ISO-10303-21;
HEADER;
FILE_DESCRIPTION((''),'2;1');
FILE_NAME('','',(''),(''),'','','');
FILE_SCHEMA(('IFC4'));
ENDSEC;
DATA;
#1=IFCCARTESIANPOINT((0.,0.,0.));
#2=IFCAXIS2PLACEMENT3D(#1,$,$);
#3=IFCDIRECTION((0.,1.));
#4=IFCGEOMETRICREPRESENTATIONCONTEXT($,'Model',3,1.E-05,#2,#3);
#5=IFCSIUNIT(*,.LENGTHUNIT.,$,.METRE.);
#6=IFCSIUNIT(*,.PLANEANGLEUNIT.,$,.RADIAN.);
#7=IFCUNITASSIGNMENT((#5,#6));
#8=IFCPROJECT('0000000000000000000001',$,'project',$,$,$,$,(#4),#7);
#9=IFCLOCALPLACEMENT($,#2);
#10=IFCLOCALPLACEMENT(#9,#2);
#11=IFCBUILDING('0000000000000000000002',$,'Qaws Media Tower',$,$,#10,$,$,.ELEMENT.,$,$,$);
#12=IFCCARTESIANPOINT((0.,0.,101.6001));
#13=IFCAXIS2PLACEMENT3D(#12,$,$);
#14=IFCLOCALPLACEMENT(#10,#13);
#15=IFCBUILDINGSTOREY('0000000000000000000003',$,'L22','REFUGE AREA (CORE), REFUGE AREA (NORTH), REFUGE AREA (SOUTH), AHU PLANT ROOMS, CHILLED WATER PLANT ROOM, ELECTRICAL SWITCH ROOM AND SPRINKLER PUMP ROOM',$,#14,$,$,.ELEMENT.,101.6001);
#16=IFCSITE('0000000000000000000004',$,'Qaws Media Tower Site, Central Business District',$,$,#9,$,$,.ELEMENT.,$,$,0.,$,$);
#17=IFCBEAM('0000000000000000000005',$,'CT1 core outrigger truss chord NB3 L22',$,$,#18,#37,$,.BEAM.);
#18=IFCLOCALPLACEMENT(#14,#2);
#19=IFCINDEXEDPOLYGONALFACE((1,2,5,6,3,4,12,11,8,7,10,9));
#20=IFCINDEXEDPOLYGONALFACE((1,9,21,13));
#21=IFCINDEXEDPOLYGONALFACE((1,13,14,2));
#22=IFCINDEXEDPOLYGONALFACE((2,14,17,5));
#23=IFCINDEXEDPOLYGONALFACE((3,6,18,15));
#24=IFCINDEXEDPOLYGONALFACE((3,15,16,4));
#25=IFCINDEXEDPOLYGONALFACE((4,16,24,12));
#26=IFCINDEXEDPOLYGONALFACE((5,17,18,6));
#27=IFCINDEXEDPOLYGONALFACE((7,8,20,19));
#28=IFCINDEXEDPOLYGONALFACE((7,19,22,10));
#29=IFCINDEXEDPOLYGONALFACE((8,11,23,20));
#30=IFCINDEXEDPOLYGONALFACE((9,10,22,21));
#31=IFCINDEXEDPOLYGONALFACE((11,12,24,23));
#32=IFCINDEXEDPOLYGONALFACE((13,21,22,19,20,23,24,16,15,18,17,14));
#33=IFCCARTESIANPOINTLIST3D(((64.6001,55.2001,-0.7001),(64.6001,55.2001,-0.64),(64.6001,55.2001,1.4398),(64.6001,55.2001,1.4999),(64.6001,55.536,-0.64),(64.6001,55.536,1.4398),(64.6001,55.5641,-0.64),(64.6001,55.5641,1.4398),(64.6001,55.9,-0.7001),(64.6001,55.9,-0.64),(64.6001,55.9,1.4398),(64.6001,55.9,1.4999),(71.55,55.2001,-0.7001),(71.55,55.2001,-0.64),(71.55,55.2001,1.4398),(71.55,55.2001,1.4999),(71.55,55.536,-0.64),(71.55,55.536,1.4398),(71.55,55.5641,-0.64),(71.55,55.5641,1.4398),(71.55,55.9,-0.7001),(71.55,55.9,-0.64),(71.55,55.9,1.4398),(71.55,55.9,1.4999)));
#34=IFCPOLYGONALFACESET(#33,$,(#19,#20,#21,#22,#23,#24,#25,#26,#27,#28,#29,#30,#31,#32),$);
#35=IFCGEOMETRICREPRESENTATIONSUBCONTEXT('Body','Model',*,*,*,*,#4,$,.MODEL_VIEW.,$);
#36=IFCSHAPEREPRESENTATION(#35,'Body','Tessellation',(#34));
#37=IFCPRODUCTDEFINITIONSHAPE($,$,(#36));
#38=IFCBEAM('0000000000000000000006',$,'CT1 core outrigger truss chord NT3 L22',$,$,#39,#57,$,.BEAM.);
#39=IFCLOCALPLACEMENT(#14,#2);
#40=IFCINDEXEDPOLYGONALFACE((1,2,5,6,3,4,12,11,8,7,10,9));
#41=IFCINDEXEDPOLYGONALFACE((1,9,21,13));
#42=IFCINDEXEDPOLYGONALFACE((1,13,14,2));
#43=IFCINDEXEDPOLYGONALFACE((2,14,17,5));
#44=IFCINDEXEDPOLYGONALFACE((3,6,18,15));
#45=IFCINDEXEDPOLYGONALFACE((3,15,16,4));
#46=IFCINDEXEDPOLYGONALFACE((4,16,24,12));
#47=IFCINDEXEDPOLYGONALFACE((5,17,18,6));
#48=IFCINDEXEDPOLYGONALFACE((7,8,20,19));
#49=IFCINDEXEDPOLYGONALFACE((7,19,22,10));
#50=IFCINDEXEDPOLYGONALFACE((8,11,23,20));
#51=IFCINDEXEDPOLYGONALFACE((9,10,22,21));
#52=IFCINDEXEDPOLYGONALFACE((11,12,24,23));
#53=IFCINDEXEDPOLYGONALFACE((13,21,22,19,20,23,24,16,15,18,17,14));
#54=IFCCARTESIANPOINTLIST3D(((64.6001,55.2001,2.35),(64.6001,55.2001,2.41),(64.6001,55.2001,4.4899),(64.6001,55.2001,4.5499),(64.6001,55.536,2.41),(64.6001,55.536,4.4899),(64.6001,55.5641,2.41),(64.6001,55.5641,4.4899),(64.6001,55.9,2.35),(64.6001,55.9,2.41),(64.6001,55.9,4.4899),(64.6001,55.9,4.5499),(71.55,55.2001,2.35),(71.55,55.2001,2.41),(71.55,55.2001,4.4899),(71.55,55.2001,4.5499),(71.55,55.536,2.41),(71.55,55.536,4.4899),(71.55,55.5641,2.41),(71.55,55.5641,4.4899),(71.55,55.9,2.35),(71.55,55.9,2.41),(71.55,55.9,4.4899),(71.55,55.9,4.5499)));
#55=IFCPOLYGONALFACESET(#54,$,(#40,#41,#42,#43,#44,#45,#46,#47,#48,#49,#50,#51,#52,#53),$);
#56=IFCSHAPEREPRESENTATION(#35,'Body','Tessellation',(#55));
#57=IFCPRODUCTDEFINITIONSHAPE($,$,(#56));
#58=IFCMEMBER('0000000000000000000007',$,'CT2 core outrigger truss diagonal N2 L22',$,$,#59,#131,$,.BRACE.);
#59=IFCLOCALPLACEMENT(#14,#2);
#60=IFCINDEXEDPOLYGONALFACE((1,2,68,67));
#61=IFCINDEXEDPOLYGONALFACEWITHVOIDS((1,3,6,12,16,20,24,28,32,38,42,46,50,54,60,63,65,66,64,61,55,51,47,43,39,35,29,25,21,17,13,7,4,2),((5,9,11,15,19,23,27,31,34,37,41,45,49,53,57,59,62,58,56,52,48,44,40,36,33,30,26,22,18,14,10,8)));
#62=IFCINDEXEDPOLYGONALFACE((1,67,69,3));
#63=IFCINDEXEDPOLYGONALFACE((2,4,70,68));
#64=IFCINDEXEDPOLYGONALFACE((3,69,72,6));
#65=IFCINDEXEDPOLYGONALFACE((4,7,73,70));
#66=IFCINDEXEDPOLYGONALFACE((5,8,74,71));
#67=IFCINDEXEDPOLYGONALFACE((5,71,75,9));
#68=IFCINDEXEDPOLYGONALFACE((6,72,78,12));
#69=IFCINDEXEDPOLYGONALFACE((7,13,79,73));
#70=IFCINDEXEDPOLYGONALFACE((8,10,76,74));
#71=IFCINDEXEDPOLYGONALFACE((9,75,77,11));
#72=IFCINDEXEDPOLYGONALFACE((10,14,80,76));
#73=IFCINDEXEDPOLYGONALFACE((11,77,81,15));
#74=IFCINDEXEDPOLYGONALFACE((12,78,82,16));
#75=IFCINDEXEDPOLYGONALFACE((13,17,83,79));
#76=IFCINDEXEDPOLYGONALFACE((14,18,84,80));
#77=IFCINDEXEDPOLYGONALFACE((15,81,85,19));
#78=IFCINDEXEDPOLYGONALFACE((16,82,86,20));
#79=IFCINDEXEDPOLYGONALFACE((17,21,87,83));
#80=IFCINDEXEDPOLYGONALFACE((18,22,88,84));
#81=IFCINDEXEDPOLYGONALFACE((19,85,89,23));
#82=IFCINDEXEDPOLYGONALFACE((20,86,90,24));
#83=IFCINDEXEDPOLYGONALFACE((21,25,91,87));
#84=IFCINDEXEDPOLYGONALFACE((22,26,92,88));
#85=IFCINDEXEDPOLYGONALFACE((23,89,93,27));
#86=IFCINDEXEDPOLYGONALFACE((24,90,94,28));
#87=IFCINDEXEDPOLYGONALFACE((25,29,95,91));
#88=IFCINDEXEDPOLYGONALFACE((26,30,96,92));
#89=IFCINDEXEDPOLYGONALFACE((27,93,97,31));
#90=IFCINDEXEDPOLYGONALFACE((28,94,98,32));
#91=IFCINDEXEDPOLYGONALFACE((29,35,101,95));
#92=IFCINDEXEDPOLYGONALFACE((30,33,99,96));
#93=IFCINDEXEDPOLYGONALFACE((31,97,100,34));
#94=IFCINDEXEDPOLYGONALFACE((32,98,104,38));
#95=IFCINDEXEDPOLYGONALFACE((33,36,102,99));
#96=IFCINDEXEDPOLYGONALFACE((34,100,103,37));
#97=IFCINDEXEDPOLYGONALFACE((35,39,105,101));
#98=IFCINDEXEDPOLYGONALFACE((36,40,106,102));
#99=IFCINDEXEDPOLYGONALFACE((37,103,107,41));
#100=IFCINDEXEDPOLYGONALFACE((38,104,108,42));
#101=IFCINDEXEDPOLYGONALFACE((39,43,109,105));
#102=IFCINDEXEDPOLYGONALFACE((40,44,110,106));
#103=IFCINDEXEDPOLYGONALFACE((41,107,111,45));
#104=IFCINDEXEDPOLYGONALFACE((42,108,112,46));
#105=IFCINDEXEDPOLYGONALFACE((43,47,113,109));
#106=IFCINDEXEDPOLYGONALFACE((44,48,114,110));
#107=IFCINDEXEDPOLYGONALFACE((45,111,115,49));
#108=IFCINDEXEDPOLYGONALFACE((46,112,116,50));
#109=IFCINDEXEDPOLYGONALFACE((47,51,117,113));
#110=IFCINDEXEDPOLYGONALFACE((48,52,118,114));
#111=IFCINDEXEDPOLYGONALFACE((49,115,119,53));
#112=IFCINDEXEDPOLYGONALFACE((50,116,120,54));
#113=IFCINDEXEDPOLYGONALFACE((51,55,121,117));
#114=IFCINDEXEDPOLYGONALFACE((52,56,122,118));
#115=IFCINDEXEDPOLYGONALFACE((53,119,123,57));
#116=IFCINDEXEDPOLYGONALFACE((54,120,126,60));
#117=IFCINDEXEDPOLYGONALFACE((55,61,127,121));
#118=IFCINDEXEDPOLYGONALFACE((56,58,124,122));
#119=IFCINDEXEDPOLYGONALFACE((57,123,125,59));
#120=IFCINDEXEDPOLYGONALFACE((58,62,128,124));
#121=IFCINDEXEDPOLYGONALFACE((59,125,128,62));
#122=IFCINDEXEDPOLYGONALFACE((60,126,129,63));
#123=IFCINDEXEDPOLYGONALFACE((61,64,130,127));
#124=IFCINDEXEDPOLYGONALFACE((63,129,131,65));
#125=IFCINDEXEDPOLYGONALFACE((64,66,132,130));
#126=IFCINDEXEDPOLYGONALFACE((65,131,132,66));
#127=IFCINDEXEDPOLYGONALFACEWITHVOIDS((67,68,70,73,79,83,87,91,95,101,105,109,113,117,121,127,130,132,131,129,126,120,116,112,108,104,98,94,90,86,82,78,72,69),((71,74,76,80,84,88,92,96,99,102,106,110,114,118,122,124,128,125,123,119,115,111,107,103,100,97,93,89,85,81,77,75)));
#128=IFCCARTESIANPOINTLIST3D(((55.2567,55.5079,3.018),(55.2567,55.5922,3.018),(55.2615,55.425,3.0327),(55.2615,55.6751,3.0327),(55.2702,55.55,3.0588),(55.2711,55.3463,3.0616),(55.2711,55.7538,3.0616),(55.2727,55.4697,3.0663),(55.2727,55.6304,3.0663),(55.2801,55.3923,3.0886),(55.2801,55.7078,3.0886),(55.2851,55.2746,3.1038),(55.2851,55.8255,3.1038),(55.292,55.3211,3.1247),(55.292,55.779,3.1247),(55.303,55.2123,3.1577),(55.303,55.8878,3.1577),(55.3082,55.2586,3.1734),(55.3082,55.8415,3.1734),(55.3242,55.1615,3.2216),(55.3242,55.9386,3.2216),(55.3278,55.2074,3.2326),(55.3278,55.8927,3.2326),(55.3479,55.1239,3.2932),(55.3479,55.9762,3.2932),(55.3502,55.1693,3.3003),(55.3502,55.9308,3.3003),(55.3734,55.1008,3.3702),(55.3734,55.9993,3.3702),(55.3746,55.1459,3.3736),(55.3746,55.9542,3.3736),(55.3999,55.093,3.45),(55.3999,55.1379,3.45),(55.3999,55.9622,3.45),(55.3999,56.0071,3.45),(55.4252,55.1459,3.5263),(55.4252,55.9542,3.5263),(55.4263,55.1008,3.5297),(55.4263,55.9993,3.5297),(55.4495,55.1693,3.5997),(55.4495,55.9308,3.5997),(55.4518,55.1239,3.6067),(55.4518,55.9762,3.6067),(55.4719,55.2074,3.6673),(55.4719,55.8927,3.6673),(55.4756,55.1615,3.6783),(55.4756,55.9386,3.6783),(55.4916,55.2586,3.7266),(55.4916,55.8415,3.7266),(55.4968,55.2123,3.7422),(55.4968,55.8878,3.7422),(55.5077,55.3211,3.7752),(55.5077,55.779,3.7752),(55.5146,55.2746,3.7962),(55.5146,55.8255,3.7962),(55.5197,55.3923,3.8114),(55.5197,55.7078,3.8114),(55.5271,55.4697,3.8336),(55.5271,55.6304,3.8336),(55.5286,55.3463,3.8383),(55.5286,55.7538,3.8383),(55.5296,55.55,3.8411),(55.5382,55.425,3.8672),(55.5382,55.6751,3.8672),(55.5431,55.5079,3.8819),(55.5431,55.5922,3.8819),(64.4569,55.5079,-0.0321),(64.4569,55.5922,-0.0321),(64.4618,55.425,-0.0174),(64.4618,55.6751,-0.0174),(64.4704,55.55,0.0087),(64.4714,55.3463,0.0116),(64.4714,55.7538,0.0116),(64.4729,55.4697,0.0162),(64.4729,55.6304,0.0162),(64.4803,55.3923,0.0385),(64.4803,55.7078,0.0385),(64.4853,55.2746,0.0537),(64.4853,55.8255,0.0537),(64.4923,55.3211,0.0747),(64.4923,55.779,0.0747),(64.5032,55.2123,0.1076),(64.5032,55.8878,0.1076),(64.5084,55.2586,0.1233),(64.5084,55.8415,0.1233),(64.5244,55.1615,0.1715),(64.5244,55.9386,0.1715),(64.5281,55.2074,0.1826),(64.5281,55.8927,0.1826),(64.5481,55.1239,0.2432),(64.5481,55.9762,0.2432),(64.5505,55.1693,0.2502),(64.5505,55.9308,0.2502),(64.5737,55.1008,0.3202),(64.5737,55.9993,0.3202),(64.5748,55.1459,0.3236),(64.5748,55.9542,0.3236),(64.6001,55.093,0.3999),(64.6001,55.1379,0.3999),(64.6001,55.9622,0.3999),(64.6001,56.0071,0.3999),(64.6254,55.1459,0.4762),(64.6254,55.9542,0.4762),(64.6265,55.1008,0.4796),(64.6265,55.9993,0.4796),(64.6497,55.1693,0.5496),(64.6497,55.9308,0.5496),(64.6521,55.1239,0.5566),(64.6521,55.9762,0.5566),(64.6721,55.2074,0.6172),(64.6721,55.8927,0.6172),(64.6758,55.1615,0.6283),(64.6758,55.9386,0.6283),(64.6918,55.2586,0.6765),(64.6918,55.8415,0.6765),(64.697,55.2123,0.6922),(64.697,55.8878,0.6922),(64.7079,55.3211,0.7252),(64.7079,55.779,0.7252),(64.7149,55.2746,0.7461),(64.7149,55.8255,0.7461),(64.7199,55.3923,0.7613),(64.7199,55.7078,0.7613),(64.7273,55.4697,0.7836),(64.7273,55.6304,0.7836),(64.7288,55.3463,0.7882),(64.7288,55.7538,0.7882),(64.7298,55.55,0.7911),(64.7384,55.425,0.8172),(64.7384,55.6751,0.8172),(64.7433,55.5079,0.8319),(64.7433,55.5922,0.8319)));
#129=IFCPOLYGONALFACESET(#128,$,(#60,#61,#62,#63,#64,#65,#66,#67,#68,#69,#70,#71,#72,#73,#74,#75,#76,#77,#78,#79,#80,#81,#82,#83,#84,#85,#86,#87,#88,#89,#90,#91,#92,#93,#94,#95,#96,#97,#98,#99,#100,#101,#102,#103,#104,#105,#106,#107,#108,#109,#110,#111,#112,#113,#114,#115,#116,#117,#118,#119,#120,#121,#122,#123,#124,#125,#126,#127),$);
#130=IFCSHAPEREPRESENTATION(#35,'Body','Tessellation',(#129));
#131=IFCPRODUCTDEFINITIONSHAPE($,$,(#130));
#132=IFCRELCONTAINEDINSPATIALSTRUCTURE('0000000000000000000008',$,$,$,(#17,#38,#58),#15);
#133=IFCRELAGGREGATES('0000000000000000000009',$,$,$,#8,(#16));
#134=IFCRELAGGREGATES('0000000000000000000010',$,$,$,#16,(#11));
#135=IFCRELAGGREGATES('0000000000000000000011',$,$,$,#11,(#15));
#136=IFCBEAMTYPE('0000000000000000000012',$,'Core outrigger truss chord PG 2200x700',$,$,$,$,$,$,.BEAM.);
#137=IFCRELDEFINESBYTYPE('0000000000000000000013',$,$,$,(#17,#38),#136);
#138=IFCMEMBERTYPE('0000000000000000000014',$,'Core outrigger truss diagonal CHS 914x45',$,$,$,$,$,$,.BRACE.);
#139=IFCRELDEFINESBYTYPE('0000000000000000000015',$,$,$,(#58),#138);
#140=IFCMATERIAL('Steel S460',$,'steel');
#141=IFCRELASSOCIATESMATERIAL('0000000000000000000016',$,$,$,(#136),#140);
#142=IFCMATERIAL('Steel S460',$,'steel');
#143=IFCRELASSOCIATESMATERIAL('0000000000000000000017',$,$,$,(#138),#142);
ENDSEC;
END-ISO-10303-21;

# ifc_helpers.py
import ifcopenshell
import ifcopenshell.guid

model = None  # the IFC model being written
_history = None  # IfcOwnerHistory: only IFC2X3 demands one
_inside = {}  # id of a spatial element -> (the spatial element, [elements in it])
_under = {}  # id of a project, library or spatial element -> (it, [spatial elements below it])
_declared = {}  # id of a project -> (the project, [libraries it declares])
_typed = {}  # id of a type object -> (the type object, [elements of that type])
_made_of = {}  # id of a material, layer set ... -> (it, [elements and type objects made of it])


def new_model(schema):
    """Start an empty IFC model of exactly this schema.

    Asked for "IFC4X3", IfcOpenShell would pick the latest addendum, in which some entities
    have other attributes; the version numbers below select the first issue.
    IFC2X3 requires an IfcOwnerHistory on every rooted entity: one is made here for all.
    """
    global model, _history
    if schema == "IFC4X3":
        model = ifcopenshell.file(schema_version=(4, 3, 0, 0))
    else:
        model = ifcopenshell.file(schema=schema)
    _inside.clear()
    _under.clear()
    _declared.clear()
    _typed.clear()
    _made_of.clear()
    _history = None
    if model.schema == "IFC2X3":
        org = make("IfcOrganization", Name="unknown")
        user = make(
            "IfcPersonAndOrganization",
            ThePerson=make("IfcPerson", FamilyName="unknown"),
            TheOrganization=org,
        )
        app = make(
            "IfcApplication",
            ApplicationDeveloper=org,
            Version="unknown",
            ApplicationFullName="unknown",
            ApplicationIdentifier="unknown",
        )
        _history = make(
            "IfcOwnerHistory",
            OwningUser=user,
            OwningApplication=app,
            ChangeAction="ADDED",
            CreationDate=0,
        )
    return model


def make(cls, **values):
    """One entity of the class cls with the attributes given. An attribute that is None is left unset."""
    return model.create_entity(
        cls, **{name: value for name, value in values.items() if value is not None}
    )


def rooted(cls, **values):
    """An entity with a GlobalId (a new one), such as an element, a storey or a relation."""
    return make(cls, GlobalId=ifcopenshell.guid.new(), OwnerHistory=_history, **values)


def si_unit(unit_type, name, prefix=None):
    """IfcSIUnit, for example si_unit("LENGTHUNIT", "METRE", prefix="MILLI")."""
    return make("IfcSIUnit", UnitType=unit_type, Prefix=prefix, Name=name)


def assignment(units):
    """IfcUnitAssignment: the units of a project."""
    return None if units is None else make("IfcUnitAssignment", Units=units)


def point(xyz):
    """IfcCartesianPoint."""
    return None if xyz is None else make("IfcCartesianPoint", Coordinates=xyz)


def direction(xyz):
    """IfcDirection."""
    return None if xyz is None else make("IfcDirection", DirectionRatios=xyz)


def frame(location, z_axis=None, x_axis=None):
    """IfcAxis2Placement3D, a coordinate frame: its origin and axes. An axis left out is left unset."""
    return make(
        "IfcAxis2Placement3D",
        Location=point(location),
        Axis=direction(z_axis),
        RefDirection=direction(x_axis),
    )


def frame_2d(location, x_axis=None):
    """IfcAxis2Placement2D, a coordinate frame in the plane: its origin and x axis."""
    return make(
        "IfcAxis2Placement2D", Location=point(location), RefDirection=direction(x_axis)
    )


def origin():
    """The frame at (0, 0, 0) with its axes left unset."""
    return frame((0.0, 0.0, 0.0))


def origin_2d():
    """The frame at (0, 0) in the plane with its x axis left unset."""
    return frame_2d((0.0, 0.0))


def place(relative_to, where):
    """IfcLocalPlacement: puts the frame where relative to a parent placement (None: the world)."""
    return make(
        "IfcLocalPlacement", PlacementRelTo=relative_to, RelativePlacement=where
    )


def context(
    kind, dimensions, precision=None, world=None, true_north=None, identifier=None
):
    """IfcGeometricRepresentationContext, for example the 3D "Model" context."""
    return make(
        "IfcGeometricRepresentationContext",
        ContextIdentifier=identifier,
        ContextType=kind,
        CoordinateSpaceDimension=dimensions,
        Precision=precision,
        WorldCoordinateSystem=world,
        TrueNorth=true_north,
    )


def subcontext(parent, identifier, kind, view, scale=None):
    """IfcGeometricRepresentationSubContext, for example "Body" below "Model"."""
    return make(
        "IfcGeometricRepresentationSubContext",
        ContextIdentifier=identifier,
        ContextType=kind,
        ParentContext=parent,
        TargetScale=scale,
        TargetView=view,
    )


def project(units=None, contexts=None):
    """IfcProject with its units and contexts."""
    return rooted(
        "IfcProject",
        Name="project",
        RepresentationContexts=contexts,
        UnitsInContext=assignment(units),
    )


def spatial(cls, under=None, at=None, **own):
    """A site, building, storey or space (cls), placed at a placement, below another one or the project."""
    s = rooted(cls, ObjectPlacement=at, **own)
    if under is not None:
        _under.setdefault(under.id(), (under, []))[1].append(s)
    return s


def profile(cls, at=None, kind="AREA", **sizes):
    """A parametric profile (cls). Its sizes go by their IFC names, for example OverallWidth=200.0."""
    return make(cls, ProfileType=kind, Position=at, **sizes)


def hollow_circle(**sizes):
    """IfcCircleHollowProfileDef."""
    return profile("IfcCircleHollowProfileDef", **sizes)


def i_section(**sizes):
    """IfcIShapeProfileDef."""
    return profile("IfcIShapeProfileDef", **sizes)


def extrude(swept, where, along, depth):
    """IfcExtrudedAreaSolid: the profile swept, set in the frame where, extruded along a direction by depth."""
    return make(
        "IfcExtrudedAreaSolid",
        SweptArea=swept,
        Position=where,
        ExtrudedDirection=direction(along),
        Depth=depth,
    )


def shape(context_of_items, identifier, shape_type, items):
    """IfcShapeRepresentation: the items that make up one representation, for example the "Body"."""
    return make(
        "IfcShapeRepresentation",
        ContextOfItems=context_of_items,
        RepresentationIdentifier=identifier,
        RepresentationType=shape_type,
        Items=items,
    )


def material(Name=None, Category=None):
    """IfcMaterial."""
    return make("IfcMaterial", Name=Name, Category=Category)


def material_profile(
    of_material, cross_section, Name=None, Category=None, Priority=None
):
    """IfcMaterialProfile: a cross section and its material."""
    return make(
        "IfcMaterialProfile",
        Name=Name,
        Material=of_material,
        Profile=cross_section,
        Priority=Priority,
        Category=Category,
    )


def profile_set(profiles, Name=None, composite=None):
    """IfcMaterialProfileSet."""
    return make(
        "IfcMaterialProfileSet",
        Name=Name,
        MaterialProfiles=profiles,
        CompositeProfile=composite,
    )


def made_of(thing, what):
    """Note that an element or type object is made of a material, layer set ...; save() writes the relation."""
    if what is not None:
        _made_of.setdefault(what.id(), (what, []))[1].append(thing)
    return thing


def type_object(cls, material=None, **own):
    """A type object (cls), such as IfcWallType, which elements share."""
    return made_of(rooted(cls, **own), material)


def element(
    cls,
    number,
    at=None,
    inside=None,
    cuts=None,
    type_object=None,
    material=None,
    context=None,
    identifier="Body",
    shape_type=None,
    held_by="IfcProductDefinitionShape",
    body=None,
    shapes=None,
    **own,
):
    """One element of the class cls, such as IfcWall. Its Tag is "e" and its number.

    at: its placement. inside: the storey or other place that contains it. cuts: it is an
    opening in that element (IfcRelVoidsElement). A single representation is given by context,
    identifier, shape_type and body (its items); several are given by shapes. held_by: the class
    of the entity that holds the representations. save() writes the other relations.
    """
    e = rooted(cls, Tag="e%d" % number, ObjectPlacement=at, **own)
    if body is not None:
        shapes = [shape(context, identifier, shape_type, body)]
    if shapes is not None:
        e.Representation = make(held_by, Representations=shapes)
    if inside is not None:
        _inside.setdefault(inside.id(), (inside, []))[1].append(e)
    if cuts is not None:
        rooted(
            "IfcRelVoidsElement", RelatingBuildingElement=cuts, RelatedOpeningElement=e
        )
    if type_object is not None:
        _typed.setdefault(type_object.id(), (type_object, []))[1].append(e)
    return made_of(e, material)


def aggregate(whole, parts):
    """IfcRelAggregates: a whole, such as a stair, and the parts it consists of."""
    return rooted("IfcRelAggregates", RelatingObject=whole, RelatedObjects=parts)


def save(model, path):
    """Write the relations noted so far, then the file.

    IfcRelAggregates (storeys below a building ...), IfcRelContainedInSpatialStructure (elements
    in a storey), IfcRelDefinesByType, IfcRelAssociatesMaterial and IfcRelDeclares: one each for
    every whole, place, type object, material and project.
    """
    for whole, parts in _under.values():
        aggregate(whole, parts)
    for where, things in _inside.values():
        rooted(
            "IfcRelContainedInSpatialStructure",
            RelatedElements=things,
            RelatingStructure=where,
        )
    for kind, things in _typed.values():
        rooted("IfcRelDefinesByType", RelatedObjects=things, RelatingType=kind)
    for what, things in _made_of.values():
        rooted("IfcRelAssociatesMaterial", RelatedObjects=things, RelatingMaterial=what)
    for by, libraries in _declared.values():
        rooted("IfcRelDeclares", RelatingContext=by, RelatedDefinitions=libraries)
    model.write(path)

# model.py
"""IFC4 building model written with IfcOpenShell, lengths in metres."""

from ifc_helpers import new_model, si_unit, direction, frame, origin, origin_2d, place, context, subcontext, project, spatial, hollow_circle, i_section, extrude, material, material_profile, profile_set, type_object, element, save


model = new_model("IFC4")

# Units and contexts
model_context = context("Model", 3, precision=1e-05, world=origin(), true_north=direction((0.0, 1.0)))
body_context = subcontext(model_context, "Body", "Model", "MODEL_VIEW")
ifc_project = project(units=[si_unit("LENGTHUNIT", "METRE"), si_unit("PLANEANGLEUNIT", "RADIAN")], contexts=[model_context])

# Site, building, storey
site_placement = place(None, origin())
site = spatial("IfcSite", under=ifc_project, at=site_placement, Name="Qaws Media Tower Site, Central Business District", CompositionType="ELEMENT", RefElevation=0.0)
building_placement = place(site_placement, origin())
building = spatial("IfcBuilding", under=site, at=building_placement, Name="Qaws Media Tower", CompositionType="ELEMENT")
storey_placement = place(building_placement, frame((0.0, 0.0, 101.6001)))
storey = spatial("IfcBuildingStorey", under=building, at=storey_placement, Name="L22", Description="REFUGE AREA (CORE), REFUGE AREA (NORTH), REFUGE AREA (SOUTH), AHU PLANT ROOMS, CHILLED WATER PLANT ROOM, ELECTRICAL SWITCH ROOM AND SPRINKLER PUMP ROOM", CompositionType="ELEMENT", Elevation=101.6001)

# Beams
ifc_material_1 = material(Name="Steel S460", Category="steel")
ifc_material_profile_1 = material_profile(ifc_material_1, i_section(OverallWidth=0.7, OverallDepth=2.2, WebThickness=0.0281, FlangeThickness=0.0601, at=origin_2d()), Name="PG 2200x700")
ifc_profile_set_1 = profile_set([ifc_material_profile_1], Name="Steel S460")
beam_type_1 = type_object("IfcBeamType", Name="Core outrigger truss chord PG 2200x700", PredefinedType="BEAM", material=ifc_profile_set_1)
for number, where, z_axis, x_axis, name in (
    (1, (64.6001, 55.55, 0.3999), (1.0, 0.0, 0.0), (0.0, 1.0, 0.0), "CT1 core outrigger truss chord NB3 L22"),
    (2, (64.6001, 55.55, 3.45), (1.0, 0.0, 0.0), (0.0, 1.0, 0.0), "CT1 core outrigger truss chord NT3 L22"),
):
    element("IfcBeam", number, at=place(storey_placement, frame(where, z_axis=z_axis, x_axis=x_axis)), inside=storey, type_object=beam_type_1, Name=name, PredefinedType="BEAM", context=body_context, shape_type="SweptSolid", body=[
        extrude(i_section(OverallWidth=0.7, OverallDepth=2.2, WebThickness=0.0281, FlangeThickness=0.0601, at=origin_2d()), origin(), (0.0, 0.0, 1.0), 6.95),
    ])

# Member
ifc_material_2 = material(Name="Steel S460", Category="steel")
ifc_material_profile_2 = material_profile(ifc_material_2, hollow_circle(Radius=0.457, WallThickness=0.0449, at=origin_2d()), Name="CHS 914x45")
ifc_profile_set_2 = profile_set([ifc_material_profile_2], Name="Steel S460")
member_type_1 = type_object("IfcMemberType", Name="Core outrigger truss diagonal CHS 914x45", PredefinedType="BRACE", material=ifc_profile_set_2)
member_1_placement = place(storey_placement, frame((64.6001, 55.55, 0.3999), z_axis=(-0.949198, 0.0, 0.314678), x_axis=(0.0, -1.0, 0.0)))
element("IfcMember", 3, at=member_1_placement, inside=storey, type_object=member_type_1, Name="CT2 core outrigger truss diagonal N2 L22", PredefinedType="BRACE", context=body_context, shape_type="SweptSolid", body=[
    extrude(hollow_circle(Radius=0.457, WallThickness=0.0449, at=origin_2d()), origin(), (0.0, 0.0, 1.0), 9.6926),
])

save(model, "model.ifc")
